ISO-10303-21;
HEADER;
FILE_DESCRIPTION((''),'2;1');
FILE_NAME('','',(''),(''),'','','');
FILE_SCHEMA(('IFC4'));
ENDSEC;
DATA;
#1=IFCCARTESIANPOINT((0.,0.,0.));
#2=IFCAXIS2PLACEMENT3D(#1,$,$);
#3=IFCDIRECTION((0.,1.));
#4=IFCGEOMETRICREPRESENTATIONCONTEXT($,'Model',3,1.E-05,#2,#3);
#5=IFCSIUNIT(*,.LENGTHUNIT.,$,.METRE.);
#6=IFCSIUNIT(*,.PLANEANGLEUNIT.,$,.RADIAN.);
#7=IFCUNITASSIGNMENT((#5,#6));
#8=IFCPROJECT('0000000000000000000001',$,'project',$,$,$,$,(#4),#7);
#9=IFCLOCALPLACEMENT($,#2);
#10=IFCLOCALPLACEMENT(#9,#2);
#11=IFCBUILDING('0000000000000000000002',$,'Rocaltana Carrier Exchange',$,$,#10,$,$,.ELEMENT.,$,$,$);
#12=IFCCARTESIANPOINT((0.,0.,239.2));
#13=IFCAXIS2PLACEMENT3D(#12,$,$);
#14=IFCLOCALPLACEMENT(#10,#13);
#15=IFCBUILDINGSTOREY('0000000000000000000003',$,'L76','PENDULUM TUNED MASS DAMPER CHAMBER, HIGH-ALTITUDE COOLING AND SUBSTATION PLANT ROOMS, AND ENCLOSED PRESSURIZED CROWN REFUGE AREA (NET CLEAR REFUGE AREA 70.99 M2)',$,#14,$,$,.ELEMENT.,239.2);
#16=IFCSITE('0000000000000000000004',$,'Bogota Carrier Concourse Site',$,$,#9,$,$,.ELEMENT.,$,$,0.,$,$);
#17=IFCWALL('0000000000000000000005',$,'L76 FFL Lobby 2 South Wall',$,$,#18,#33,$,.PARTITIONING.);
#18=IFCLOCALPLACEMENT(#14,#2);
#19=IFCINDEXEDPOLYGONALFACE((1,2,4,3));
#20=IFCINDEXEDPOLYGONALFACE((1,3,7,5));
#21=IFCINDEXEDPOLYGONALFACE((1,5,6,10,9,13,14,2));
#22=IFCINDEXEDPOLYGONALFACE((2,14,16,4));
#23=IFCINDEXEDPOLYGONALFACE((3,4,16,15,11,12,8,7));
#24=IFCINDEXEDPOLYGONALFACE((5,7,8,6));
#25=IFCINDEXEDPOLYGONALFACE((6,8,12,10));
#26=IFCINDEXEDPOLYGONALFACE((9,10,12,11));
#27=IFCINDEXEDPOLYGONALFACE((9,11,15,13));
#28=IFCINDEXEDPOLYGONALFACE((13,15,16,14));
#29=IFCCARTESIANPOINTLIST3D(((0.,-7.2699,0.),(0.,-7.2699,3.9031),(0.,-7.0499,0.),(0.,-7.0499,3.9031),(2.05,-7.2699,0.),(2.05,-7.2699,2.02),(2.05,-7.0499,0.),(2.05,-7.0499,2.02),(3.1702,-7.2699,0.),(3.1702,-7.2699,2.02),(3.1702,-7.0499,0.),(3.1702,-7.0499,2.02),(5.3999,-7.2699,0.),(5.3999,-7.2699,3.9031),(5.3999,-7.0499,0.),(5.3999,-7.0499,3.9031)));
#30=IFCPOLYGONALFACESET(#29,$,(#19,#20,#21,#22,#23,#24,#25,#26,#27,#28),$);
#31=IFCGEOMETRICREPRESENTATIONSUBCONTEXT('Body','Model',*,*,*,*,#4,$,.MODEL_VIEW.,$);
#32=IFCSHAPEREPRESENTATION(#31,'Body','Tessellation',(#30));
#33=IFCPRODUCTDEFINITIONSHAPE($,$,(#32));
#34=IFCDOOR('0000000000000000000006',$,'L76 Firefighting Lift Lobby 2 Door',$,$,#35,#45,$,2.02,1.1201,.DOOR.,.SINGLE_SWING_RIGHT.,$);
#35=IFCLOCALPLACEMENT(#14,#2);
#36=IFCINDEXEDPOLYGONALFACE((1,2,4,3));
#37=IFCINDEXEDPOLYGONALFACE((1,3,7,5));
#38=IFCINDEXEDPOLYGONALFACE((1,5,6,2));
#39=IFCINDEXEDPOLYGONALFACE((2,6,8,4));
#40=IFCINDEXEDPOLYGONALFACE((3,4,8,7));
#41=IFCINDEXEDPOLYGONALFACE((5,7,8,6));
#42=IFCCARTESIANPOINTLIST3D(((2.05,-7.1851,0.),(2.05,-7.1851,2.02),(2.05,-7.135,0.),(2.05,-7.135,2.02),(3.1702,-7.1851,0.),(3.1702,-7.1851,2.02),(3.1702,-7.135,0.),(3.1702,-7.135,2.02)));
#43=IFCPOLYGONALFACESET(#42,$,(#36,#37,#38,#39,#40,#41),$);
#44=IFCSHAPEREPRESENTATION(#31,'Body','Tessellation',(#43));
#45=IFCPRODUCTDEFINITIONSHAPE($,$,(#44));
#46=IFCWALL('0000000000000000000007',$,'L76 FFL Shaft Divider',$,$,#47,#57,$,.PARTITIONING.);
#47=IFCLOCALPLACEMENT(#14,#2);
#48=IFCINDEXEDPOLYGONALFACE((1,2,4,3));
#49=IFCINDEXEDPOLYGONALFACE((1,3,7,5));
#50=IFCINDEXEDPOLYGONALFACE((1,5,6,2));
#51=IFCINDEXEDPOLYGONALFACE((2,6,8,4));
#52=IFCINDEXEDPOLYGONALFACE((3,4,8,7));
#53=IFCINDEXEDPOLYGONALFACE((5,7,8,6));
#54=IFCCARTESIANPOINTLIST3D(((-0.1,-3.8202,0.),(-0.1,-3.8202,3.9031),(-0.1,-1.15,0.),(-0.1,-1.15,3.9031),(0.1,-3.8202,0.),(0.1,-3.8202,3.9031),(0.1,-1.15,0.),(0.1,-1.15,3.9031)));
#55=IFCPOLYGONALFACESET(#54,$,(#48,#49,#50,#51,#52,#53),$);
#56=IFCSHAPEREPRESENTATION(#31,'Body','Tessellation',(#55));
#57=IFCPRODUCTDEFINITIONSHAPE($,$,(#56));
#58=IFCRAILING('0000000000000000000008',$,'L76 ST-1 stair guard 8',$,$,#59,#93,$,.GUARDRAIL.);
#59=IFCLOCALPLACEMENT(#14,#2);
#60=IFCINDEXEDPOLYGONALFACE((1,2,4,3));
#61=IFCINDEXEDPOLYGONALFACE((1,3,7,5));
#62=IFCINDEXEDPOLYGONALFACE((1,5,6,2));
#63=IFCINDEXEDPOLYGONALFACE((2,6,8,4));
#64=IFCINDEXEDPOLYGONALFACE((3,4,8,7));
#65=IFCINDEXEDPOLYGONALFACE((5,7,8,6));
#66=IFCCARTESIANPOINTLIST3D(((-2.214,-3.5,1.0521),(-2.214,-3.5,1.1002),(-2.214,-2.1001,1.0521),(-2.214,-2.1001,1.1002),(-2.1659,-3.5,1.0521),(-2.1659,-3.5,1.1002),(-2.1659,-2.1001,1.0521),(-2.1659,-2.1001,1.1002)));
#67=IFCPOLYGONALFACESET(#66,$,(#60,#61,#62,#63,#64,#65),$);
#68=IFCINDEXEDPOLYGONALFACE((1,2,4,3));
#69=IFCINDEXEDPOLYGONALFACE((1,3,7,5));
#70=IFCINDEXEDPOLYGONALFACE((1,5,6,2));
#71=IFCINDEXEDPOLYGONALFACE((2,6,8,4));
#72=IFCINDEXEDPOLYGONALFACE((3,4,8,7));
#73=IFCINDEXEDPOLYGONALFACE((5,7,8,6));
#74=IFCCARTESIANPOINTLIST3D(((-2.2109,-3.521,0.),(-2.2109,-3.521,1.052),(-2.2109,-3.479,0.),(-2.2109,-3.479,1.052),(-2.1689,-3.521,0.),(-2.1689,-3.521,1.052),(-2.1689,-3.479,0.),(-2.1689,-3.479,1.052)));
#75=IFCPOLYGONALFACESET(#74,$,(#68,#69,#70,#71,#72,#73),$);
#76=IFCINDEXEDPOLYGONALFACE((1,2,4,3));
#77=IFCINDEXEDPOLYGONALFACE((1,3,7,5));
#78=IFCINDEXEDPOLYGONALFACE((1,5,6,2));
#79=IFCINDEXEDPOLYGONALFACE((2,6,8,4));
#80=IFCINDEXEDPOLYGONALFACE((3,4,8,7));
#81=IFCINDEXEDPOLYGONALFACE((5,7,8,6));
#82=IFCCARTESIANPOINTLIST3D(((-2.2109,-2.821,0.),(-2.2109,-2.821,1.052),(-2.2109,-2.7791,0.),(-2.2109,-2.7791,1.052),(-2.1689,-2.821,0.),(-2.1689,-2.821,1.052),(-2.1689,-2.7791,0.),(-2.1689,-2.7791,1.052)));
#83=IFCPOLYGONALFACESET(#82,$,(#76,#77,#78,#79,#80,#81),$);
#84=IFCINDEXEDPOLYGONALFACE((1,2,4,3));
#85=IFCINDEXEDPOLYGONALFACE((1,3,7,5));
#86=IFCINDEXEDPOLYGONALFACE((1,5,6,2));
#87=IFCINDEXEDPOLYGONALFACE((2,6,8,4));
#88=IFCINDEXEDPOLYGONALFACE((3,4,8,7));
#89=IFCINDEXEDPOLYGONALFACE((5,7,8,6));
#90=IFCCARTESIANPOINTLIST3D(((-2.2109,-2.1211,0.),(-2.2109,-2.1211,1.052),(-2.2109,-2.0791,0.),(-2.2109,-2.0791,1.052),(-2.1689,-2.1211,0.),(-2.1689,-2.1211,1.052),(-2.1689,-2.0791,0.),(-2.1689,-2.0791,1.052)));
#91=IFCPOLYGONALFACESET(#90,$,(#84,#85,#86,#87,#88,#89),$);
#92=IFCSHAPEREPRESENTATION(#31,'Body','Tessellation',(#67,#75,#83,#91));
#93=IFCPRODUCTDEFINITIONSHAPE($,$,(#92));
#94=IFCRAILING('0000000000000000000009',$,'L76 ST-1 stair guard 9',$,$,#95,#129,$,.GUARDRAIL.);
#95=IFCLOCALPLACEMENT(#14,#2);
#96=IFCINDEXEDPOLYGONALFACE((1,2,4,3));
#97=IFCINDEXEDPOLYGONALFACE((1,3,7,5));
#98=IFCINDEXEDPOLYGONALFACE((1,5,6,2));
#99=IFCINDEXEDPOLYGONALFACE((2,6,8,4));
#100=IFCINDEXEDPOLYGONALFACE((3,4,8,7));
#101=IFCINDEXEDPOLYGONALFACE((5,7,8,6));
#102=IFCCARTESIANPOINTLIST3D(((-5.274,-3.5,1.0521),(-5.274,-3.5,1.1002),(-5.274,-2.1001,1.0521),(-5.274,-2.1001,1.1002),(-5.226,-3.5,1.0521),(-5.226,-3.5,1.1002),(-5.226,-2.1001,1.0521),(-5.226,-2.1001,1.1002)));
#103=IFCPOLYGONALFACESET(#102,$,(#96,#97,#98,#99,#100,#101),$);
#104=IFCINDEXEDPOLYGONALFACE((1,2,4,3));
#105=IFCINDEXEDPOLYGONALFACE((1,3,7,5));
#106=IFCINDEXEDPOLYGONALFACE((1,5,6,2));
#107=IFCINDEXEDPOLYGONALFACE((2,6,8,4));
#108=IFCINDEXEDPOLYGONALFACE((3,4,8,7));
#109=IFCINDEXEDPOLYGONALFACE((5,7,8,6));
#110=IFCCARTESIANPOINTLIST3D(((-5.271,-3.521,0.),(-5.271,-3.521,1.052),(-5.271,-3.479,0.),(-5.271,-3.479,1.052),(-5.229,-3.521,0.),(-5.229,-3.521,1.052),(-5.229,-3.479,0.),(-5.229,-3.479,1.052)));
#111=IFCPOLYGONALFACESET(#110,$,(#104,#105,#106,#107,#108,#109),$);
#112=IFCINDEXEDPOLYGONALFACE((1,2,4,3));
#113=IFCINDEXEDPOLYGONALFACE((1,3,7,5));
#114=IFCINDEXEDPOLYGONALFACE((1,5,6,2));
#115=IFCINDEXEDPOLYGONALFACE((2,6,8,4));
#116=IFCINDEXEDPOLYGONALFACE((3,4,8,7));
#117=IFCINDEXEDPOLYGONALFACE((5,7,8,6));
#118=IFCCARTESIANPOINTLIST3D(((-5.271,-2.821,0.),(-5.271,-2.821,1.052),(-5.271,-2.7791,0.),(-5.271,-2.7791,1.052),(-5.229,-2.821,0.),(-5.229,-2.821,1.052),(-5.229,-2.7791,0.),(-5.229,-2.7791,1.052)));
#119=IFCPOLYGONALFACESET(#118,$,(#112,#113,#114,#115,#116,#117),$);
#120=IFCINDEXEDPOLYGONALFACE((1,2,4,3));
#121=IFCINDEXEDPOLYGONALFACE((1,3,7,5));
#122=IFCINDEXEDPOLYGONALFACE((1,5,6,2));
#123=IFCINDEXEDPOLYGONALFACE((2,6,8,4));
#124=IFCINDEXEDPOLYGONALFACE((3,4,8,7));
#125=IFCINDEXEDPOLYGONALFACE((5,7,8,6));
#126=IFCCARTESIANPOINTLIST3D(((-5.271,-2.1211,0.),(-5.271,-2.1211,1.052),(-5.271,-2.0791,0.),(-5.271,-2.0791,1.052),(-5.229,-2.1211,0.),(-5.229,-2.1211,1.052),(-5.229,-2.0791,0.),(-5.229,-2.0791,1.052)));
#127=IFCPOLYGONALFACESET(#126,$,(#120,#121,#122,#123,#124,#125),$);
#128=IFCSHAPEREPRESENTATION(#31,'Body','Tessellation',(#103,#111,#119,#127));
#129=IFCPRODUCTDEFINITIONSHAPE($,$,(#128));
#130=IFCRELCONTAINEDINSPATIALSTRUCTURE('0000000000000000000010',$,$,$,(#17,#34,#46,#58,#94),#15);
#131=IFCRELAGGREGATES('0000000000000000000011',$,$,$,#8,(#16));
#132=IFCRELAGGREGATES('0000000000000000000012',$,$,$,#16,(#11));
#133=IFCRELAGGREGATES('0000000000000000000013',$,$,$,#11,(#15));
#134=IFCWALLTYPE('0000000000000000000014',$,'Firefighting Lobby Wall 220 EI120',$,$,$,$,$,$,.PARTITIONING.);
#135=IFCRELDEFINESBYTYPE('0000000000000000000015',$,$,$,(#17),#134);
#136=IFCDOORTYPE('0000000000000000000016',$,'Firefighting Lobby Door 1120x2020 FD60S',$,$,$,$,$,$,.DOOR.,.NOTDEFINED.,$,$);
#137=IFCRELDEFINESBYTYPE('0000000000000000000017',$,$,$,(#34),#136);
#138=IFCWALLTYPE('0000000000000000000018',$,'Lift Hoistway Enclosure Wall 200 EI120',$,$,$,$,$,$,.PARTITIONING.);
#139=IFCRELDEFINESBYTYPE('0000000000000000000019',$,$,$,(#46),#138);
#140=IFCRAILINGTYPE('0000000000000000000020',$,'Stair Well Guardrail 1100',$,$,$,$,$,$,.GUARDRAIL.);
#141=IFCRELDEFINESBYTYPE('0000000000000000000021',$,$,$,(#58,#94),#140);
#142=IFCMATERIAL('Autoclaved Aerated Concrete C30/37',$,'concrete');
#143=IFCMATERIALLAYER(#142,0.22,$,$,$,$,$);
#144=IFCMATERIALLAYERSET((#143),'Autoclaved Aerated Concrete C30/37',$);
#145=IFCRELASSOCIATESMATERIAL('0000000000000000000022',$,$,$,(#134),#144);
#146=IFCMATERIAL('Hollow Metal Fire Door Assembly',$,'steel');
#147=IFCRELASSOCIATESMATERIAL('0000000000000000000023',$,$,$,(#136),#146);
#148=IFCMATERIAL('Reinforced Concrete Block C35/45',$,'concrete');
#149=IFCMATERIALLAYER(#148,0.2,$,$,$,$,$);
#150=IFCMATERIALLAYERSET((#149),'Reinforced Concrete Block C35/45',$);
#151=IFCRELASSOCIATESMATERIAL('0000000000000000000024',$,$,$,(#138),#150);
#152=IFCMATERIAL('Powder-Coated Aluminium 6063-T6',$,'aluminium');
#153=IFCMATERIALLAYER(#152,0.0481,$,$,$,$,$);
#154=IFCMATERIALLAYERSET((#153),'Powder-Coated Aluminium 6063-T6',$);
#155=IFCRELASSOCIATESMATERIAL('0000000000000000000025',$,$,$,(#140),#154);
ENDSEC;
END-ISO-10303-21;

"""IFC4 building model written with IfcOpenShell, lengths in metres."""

from ifc_helpers import new_model, si_unit, direction, frame, frame_2d, origin, origin_2d, place, context, subcontext, project, spatial, rectangle, extrude, material, layer, layer_set, type_object, element, fill, save


model = new_model("IFC4")

# Units and contexts
model_context = context("Model", 3, precision=1e-05, world=origin(), true_north=direction((0.0, 1.0)))
body_context = subcontext(model_context, "Body", "Model", "MODEL_VIEW")
ifc_project = project(units=[si_unit("LENGTHUNIT", "METRE"), si_unit("PLANEANGLEUNIT", "RADIAN")], contexts=[model_context])

# Site, building, storey
site_placement = place(None, origin())
site = spatial("IfcSite", under=ifc_project, at=site_placement, Name="Bogota Carrier Concourse Site", CompositionType="ELEMENT", RefElevation=0.0)
building_placement = place(site_placement, origin())
building = spatial("IfcBuilding", under=site, at=building_placement, Name="Rocaltana Carrier Exchange", CompositionType="ELEMENT")
storey_placement = place(building_placement, frame((0.0, 0.0, 239.2)))
storey = spatial("IfcBuildingStorey", under=building, at=storey_placement, Name="L76", Description="PENDULUM TUNED MASS DAMPER CHAMBER, HIGH-ALTITUDE COOLING AND SUBSTATION PLANT ROOMS, AND ENCLOSED PRESSURIZED CROWN REFUGE AREA (NET CLEAR REFUGE AREA 70.99 M2)", CompositionType="ELEMENT", Elevation=239.2)

# Shared definitions
ifc_material_1 = material(Name="Autoclaved Aerated Concrete C30/37", Category="concrete")
ifc_layer_1 = layer(ifc_material_1, 0.22)
ifc_layer_set_1 = layer_set([ifc_layer_1], Name="Autoclaved Aerated Concrete C30/37")
wall_type_1 = type_object("IfcWallType", Name="Firefighting Lobby Wall 220 EI120", PredefinedType="PARTITIONING", material=ifc_layer_set_1)

# Wall, opening, door
ifc_material_2 = material(Name="Hollow Metal Fire Door Assembly", Category="steel")
door_type_1 = type_object("IfcDoorType", Name="Firefighting Lobby Door 1120x2020 FD60S", OperationType="NOTDEFINED", PredefinedType="DOOR", material=ifc_material_2)
wall_1_placement = place(storey_placement, frame((0.0, -7.1599, 0.0), z_axis=(0.0, 0.0, 1.0), x_axis=(1.0, 0.0, 0.0)))
wall_1 = element("IfcWall", 1, at=wall_1_placement, inside=storey, type_object=wall_type_1, Name="L76 FFL Lobby 2 South Wall", PredefinedType="PARTITIONING", context=body_context, shape_type="SweptSolid", body=[
    extrude(rectangle(XDim=5.3999, YDim=0.22, at=frame_2d((2.7, 0.0))), origin(), (0.0, 0.0, 1.0), 3.9031),
])
opening_1_placement = place(wall_1_placement, frame((2.05, 0.0, 0.0)))
opening_1 = element("IfcOpeningElement", 2, at=opening_1_placement, cuts=wall_1, PredefinedType="OPENING", context=body_context, shape_type="SweptSolid", body=[
    extrude(rectangle(XDim=1.1201, YDim=2.02, at=frame_2d((0.5601, 1.01))), frame((0.0, 0.1199, 0.0), z_axis=(0.0, -1.0, 0.0), x_axis=(1.0, 0.0, 0.0)), (0.0, 0.0, 1.0), 0.24),
])
door_1_placement = place(opening_1_placement, origin())
door_1 = element("IfcDoor", 3, at=door_1_placement, inside=storey, type_object=door_type_1, Name="L76 Firefighting Lift Lobby 2 Door", OperationType="SINGLE_SWING_RIGHT", OverallHeight=2.02, OverallWidth=1.1201, PredefinedType="DOOR", context=body_context, shape_type="SweptSolid", body=[
    extrude(rectangle(XDim=1.1201, YDim=2.02, at=frame_2d((0.5601, 1.01))), frame((0.0, 0.0249, 0.0), z_axis=(0.0, -1.0, 0.0), x_axis=(1.0, 0.0, 0.0)), (0.0, 0.0, 1.0), 0.05),
])
fill(opening_1, door_1)

# Wall
ifc_material_3 = material(Name="Reinforced Concrete Block C35/45", Category="concrete")
ifc_layer_2 = layer(ifc_material_3, 0.2)
ifc_layer_set_2 = layer_set([ifc_layer_2], Name="Reinforced Concrete Block C35/45")
wall_type_2 = type_object("IfcWallType", Name="Lift Hoistway Enclosure Wall 200 EI120", PredefinedType="PARTITIONING", material=ifc_layer_set_2)
wall_2_placement = place(storey_placement, frame((0.0, -3.8201, 0.0), z_axis=(0.0, 0.0, 1.0), x_axis=(0.0, 1.0, 0.0)))
element("IfcWall", 4, at=wall_2_placement, inside=storey, type_object=wall_type_2, Name="L76 FFL Shaft Divider", PredefinedType="PARTITIONING", context=body_context, shape_type="SweptSolid", body=[
    extrude(rectangle(XDim=2.6702, YDim=0.2, at=frame_2d((1.335, 0.0))), origin(), (0.0, 0.0, 1.0), 3.9031),
])

# Railings
ifc_material_4 = material(Name="Powder-Coated Aluminium 6063-T6", Category="aluminium")
ifc_layer_3 = layer(ifc_material_4, 0.0481)
ifc_layer_set_3 = layer_set([ifc_layer_3], Name="Powder-Coated Aluminium 6063-T6")
railing_type = type_object("IfcRailingType", Name="Stair Well Guardrail 1100", PredefinedType="GUARDRAIL", material=ifc_layer_set_3)
for number, where, name in (
    (5, (-2.1899, -3.5, 0.0), "L76 ST-1 stair guard 8"),
    (6, (-5.25, -3.5, 0.0), "L76 ST-1 stair guard 9"),
):
    element("IfcRailing", number, at=place(storey_placement, frame(where)), inside=storey, type_object=railing_type, Name=name, PredefinedType="GUARDRAIL", context=body_context, shape_type="SweptSolid", body=[
        extrude(rectangle(XDim=0.0481, YDim=0.0481, at=origin_2d()), frame((0.0, 0.0, 1.0762), z_axis=(0.0, 1.0, 0.0), x_axis=(-1.0, 0.0, 0.0)), (0.0, 0.0, 1.0), 1.3999),
        extrude(rectangle(XDim=0.042, YDim=0.042, at=origin_2d()), origin(), (0.0, 0.0, 1.0), 1.052),
        extrude(rectangle(XDim=0.042, YDim=0.042, at=origin_2d()), frame((0.0, 0.7, 0.0)), (0.0, 0.0, 1.0), 1.052),
        extrude(rectangle(XDim=0.042, YDim=0.042, at=origin_2d()), frame((0.0, 1.3999, 0.0)), (0.0, 0.0, 1.0), 1.052),
    ])

save(model, "model.ifc")
